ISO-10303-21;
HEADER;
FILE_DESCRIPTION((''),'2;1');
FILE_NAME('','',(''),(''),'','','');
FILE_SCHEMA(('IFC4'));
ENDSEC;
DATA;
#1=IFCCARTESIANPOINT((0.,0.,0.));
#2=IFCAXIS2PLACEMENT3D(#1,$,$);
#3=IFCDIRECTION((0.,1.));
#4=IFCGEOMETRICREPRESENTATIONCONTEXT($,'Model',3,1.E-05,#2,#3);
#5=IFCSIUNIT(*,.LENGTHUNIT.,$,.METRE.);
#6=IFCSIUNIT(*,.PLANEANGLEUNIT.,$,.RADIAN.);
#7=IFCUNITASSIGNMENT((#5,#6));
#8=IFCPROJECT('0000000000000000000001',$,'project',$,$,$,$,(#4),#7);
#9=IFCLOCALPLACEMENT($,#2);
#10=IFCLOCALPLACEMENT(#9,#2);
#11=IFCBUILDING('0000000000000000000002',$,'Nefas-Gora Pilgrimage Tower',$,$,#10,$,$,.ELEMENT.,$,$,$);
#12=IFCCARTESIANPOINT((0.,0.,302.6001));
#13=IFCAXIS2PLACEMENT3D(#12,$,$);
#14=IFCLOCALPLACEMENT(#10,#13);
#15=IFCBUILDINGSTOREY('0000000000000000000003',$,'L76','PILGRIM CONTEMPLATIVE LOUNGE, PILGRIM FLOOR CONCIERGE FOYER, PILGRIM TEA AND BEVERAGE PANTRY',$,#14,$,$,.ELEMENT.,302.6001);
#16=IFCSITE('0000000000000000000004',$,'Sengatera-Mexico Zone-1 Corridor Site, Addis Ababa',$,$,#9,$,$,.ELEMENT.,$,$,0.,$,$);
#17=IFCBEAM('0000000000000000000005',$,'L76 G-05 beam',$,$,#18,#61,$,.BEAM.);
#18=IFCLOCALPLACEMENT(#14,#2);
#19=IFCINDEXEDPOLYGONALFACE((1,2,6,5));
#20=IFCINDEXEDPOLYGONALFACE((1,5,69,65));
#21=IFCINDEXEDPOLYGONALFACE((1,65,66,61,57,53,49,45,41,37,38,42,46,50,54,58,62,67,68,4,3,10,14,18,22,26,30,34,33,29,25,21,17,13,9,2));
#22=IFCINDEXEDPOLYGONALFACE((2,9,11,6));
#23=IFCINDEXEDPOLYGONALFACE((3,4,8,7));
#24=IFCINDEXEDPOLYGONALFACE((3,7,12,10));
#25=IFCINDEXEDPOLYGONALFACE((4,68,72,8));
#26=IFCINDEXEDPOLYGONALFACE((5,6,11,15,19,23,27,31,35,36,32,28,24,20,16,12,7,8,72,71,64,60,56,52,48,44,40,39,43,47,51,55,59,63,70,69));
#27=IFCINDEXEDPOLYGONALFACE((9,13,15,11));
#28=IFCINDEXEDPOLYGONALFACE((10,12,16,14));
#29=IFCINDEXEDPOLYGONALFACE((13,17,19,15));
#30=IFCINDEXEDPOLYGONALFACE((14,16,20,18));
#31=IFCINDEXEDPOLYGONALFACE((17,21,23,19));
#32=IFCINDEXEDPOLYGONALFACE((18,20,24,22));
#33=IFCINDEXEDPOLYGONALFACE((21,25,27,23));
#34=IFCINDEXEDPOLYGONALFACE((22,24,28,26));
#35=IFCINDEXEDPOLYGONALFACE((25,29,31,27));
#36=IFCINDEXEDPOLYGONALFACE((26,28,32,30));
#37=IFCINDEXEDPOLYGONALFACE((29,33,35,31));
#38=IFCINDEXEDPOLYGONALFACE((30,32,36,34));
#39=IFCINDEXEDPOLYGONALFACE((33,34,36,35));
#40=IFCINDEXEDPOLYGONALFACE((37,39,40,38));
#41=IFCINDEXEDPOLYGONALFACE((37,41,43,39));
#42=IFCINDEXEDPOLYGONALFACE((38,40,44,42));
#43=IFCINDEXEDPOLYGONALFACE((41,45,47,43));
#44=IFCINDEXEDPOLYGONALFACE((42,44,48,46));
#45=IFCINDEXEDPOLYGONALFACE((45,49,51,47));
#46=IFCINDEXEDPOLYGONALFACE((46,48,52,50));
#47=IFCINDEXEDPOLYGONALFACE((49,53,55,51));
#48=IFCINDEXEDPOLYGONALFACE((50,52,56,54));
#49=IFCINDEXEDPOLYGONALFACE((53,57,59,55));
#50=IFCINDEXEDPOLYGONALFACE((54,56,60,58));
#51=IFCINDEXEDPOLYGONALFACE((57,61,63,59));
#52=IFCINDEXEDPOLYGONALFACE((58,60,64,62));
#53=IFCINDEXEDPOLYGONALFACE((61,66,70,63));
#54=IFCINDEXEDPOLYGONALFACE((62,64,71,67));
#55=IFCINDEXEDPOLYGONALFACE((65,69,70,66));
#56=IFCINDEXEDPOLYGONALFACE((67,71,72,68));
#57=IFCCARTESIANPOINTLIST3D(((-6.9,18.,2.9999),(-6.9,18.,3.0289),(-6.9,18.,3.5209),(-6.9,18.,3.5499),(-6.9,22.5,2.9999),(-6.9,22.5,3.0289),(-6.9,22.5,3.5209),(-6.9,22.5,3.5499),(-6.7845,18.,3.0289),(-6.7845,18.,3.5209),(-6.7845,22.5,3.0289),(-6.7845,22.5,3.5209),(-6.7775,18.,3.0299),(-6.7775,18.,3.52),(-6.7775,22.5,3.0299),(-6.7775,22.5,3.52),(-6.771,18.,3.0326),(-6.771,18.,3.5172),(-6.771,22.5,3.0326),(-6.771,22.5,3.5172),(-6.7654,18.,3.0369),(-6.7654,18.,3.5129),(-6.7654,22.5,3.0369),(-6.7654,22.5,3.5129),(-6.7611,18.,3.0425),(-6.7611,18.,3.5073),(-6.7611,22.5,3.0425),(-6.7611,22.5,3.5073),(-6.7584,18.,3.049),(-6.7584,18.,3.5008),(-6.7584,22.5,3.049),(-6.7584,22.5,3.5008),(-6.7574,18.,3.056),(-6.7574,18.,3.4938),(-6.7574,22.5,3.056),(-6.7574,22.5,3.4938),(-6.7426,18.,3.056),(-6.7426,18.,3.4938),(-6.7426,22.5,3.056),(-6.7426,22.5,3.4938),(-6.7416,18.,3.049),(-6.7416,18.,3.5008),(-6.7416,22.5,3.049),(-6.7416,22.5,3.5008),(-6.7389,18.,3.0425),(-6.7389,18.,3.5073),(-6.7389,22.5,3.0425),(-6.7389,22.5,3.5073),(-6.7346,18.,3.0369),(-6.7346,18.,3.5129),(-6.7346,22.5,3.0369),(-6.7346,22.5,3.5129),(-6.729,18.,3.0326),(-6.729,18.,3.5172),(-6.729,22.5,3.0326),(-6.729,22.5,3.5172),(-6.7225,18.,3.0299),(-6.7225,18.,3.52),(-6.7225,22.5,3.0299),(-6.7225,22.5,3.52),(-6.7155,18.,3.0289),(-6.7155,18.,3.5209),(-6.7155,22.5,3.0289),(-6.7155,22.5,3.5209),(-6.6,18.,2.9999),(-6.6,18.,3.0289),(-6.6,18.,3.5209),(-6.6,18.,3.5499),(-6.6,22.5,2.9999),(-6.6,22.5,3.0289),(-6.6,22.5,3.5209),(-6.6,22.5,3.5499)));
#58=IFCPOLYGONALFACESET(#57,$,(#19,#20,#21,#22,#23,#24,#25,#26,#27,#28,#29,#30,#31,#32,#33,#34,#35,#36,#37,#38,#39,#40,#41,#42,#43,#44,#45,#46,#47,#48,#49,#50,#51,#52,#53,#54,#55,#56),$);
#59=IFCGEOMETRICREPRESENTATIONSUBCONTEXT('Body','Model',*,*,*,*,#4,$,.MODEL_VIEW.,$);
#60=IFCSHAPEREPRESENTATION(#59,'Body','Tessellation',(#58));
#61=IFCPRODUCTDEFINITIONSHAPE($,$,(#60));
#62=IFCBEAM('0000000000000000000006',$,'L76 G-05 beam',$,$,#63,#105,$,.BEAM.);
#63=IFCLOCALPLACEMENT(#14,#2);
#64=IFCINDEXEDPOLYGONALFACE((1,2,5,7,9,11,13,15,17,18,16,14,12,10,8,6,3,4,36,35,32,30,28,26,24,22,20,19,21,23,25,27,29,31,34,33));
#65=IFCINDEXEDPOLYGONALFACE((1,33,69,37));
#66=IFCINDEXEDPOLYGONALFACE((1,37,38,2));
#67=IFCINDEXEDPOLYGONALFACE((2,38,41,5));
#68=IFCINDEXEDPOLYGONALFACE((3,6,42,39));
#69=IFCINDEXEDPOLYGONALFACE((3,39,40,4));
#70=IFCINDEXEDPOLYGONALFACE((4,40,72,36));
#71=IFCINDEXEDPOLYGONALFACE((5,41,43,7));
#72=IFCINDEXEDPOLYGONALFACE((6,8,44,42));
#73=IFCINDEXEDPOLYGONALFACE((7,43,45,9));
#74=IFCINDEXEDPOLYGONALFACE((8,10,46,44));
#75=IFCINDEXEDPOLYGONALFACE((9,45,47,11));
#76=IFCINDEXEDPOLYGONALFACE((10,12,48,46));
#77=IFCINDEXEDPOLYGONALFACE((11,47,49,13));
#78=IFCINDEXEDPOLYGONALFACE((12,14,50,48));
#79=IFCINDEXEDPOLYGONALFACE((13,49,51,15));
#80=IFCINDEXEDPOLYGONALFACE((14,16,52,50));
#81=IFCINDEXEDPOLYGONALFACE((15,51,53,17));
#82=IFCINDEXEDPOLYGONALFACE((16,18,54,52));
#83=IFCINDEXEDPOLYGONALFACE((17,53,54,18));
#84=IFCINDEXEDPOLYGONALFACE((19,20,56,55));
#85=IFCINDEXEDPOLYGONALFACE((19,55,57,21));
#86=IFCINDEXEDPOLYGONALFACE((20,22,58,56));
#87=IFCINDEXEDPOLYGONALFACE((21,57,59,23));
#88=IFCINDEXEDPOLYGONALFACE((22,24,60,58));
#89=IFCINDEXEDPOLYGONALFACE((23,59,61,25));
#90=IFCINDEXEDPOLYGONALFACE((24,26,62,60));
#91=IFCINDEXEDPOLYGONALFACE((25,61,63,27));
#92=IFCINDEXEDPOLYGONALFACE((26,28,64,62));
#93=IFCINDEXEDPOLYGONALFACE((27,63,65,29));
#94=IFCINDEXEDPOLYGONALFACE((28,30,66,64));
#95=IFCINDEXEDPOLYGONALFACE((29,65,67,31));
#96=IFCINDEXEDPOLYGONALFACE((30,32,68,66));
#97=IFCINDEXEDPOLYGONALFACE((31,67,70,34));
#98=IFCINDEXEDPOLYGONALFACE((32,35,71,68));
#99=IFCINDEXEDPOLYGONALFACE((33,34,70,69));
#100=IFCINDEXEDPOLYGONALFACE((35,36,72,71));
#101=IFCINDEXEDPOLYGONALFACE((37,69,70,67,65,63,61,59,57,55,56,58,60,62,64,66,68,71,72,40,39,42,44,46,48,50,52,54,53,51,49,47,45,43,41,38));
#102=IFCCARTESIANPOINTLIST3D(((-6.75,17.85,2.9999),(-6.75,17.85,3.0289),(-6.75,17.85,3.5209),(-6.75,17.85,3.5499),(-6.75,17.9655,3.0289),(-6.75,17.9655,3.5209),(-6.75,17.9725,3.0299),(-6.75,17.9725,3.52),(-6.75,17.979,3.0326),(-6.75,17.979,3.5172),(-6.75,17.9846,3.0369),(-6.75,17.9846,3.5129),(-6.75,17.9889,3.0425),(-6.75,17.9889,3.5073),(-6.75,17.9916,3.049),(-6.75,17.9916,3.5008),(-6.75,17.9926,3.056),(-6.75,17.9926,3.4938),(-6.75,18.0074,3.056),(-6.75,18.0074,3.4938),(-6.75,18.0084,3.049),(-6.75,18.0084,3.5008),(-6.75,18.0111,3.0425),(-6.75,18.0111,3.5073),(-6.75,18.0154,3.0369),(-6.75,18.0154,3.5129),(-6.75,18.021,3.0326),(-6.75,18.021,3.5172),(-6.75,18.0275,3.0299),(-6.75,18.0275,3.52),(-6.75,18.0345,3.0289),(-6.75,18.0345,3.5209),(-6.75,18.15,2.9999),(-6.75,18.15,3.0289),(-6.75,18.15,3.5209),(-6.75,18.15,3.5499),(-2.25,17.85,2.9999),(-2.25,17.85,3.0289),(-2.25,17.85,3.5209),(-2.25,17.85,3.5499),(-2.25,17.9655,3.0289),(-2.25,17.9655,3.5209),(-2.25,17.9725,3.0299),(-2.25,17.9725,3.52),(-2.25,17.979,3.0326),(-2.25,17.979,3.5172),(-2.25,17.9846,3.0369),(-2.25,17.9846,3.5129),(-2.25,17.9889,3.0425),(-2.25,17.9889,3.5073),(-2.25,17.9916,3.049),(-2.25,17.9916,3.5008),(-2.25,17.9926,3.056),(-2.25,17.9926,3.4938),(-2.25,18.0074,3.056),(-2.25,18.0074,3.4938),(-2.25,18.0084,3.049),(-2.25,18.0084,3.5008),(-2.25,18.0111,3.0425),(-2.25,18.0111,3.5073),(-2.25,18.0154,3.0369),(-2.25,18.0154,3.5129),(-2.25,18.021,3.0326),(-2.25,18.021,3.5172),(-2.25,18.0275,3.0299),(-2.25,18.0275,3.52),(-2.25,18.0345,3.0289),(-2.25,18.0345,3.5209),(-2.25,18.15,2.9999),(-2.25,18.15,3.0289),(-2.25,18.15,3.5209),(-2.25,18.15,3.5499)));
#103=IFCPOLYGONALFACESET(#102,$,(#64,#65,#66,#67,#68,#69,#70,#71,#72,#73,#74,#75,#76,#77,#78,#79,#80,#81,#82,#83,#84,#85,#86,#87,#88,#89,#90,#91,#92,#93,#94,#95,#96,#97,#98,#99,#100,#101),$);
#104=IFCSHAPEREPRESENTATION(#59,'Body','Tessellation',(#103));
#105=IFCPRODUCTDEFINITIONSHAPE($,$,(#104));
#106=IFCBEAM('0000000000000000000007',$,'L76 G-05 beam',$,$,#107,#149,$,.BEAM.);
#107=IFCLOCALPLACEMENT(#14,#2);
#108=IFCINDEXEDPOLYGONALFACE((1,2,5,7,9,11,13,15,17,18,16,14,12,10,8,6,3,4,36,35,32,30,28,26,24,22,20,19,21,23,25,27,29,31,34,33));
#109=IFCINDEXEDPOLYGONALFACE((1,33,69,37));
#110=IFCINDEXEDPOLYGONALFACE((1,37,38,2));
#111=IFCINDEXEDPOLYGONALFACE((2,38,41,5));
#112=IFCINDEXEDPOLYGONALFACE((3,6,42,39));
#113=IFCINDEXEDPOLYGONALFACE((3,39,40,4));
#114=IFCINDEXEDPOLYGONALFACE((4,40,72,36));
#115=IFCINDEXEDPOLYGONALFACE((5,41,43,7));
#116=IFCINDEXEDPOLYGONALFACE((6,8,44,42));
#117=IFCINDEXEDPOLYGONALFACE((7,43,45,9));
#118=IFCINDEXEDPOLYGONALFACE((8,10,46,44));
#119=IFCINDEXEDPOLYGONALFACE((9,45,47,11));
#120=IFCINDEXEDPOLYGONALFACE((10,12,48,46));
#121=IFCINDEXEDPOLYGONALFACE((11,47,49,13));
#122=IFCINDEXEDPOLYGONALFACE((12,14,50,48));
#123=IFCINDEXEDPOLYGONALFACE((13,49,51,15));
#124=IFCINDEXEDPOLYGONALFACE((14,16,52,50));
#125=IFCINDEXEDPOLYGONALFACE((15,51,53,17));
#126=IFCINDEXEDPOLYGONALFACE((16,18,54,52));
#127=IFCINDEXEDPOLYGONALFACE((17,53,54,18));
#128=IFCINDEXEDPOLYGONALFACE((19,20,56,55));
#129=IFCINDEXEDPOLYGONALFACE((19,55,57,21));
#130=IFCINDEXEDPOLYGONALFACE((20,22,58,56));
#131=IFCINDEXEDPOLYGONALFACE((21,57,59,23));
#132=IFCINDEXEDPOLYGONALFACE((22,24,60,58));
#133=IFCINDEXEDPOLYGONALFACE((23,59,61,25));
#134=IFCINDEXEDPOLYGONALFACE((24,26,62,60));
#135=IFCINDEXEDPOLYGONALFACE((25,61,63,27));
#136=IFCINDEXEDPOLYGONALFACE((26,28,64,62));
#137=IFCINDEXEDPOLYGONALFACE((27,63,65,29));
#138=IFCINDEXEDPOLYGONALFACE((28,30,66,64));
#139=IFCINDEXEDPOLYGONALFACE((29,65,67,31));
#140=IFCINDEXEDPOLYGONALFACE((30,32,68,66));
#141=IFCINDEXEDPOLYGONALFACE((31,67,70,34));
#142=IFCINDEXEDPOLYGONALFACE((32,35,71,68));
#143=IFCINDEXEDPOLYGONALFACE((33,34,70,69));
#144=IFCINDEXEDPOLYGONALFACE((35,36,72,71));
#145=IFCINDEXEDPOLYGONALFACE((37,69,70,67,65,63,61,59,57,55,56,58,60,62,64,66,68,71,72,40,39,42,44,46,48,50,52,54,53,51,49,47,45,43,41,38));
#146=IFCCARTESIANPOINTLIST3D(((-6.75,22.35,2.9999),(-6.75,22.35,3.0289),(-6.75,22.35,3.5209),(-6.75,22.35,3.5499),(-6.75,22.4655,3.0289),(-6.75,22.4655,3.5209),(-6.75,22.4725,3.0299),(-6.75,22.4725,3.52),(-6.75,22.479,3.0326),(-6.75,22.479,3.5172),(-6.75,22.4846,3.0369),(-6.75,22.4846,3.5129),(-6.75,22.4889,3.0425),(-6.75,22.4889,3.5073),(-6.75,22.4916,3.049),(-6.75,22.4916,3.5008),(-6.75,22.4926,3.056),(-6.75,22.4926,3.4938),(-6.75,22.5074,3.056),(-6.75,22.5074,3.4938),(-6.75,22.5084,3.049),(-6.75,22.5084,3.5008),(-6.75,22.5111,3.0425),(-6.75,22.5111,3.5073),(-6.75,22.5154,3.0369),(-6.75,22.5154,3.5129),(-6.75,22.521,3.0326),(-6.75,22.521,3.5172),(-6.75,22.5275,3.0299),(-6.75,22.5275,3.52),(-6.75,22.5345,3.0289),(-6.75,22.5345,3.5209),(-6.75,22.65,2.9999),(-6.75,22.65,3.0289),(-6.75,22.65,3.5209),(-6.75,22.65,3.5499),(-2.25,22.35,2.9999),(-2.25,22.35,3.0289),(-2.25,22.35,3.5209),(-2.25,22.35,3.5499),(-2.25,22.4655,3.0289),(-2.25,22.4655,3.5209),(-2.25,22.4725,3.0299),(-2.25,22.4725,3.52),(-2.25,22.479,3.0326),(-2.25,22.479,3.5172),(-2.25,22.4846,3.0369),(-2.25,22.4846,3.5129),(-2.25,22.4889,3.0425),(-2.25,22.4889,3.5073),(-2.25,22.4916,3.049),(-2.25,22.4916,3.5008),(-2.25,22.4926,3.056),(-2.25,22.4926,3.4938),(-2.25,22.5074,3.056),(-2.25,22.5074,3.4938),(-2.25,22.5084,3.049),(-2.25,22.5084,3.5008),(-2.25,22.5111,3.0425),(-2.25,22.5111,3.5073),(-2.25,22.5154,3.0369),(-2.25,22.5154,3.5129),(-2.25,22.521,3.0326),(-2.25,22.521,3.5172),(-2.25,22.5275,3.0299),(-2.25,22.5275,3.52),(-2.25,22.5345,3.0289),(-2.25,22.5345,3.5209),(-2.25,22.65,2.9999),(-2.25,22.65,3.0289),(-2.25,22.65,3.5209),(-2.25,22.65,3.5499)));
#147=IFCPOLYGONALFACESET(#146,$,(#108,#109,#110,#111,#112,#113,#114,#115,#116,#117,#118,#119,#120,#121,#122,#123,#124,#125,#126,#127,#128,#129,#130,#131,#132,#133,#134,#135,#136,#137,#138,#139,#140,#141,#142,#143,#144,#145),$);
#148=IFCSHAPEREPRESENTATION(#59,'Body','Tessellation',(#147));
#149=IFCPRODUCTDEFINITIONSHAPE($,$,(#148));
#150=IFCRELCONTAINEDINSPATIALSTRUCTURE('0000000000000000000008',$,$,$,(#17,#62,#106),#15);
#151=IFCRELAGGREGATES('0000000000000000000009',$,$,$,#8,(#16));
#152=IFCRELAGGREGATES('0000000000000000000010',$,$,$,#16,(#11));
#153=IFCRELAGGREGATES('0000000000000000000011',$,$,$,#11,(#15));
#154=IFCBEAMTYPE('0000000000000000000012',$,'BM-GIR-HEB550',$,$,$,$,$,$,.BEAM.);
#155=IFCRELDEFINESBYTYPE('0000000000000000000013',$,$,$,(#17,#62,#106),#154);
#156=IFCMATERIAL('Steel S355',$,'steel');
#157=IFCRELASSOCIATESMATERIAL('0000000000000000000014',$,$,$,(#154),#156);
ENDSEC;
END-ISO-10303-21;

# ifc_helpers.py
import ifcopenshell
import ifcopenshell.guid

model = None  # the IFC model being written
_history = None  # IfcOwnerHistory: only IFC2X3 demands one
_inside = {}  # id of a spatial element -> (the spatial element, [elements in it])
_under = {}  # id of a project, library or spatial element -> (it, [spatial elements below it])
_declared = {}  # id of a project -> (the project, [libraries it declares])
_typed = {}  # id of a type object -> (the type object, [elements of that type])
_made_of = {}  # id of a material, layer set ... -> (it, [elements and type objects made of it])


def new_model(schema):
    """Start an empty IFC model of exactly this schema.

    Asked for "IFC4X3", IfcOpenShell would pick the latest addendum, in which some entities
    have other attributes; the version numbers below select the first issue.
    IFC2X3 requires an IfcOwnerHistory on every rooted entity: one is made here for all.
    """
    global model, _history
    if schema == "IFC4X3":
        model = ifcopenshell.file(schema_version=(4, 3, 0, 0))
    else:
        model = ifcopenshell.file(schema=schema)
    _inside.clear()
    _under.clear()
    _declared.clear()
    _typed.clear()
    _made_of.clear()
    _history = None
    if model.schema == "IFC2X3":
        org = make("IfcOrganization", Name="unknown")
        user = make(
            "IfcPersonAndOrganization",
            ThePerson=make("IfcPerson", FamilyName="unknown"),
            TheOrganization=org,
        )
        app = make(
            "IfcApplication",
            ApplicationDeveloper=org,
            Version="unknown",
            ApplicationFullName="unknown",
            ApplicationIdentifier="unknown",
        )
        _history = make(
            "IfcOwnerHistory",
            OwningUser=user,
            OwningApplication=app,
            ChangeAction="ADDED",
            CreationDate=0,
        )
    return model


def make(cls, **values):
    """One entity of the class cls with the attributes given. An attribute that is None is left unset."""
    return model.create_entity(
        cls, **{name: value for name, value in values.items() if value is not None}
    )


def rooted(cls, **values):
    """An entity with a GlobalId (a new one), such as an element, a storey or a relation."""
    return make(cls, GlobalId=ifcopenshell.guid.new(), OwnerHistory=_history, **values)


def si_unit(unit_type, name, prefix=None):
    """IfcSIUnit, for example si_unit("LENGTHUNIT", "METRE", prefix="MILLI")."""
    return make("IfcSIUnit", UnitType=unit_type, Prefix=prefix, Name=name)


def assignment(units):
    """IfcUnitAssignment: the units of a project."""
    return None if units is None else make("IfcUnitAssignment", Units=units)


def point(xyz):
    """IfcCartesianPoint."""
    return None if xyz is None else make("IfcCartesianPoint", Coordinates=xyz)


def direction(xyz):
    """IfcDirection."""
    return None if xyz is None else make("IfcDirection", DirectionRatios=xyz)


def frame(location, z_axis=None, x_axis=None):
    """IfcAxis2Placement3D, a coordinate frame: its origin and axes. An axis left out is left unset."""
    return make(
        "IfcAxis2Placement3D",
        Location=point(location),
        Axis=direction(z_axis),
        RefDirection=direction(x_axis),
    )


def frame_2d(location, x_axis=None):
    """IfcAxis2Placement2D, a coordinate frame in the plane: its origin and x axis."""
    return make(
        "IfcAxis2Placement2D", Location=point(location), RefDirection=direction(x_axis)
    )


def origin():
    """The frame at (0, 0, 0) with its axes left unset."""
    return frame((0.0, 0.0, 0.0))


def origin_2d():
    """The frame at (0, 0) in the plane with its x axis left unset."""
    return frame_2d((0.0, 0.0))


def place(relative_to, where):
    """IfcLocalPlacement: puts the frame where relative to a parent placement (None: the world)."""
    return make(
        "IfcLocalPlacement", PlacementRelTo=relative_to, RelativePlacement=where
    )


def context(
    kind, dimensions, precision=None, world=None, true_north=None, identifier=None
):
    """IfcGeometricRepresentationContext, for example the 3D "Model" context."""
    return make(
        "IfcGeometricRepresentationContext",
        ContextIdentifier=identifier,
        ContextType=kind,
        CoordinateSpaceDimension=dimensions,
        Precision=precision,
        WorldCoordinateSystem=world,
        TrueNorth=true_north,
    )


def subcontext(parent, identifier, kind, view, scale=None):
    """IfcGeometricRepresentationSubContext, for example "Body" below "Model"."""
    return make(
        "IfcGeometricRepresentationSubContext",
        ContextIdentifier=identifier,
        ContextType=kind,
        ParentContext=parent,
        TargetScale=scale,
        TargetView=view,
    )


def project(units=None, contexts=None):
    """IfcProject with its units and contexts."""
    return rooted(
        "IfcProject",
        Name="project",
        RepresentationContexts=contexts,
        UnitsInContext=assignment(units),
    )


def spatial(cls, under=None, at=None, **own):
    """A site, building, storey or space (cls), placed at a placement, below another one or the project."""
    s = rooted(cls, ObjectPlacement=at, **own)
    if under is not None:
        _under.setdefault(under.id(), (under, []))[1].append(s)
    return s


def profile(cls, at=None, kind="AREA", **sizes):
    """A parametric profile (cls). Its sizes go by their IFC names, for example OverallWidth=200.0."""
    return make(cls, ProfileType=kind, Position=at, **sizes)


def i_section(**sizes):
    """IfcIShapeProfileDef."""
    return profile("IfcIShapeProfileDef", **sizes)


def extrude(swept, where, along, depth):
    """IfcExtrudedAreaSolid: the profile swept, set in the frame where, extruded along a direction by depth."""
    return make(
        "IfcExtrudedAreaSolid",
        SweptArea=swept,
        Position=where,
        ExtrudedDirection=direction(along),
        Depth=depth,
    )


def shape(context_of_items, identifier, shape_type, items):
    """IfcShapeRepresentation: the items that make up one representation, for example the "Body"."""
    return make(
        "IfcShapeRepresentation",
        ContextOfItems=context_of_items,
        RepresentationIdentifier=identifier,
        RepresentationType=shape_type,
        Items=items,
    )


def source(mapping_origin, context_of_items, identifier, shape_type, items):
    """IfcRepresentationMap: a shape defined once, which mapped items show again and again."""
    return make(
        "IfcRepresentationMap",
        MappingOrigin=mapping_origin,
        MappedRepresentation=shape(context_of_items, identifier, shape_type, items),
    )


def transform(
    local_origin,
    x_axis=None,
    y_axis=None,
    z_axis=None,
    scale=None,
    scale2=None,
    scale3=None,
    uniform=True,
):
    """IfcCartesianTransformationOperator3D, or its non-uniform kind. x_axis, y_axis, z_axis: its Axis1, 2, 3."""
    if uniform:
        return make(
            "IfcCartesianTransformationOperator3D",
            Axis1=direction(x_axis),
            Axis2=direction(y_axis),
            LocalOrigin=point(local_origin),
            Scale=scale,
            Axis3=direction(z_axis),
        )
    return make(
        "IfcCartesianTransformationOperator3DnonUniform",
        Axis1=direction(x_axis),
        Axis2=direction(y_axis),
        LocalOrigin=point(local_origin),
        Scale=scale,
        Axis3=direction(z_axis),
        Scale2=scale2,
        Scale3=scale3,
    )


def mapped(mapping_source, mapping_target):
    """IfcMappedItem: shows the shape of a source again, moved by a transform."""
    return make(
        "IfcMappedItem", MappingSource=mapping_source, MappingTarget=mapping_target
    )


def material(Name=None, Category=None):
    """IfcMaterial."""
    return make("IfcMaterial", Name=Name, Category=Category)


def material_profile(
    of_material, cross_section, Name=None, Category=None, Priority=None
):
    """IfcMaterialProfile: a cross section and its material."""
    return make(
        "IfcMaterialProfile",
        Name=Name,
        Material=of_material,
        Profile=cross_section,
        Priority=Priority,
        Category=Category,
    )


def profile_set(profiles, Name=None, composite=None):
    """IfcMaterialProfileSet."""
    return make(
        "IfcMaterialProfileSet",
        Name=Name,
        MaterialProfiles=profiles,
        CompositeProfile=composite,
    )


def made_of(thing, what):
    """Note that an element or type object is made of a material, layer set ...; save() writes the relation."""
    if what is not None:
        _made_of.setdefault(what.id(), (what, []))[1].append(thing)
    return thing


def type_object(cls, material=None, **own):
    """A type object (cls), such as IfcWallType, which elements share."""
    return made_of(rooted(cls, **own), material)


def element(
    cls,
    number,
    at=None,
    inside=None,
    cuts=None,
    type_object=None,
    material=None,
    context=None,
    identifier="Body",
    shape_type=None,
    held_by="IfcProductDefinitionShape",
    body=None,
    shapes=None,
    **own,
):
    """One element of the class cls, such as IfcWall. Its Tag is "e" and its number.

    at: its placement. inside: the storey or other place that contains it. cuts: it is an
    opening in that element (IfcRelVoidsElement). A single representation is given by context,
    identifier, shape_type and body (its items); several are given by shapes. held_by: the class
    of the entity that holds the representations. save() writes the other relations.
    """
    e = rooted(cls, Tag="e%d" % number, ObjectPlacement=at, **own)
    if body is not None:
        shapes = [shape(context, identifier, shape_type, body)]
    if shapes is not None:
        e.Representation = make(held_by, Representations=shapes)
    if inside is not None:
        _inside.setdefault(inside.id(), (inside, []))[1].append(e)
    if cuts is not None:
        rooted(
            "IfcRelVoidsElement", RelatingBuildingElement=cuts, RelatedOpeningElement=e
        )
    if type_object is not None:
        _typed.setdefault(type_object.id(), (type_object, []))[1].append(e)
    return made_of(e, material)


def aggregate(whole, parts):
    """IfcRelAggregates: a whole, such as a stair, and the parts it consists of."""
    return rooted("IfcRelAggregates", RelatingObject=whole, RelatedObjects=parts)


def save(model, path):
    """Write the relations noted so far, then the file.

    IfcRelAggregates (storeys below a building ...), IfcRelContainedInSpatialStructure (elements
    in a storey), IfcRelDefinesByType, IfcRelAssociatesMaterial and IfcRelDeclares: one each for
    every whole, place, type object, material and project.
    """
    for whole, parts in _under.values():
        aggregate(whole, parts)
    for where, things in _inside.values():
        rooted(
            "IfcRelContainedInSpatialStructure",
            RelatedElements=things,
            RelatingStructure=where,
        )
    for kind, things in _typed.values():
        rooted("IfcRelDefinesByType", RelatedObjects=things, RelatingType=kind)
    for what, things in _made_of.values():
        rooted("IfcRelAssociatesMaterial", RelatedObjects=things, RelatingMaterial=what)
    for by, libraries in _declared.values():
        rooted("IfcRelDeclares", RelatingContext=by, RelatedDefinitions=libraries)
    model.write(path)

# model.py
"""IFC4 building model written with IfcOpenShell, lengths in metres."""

from ifc_helpers import new_model, si_unit, direction, frame, origin, origin_2d, place, context, subcontext, project, spatial, i_section, extrude, source, transform, mapped, material, material_profile, profile_set, type_object, element, save


model = new_model("IFC4")

# Units and contexts
model_context = context("Model", 3, precision=1e-05, world=origin(), true_north=direction((0.0, 1.0)))
body_context = subcontext(model_context, "Body", "Model", "MODEL_VIEW")
ifc_project = project(units=[si_unit("LENGTHUNIT", "METRE"), si_unit("PLANEANGLEUNIT", "RADIAN")], contexts=[model_context])

# Site, building, storey
site_placement = place(None, origin())
site = spatial("IfcSite", under=ifc_project, at=site_placement, Name="Sengatera-Mexico Zone-1 Corridor Site, Addis Ababa", CompositionType="ELEMENT", RefElevation=0.0)
building_placement = place(site_placement, origin())
building = spatial("IfcBuilding", under=site, at=building_placement, Name="Nefas-Gora Pilgrimage Tower", CompositionType="ELEMENT")
storey_placement = place(building_placement, frame((0.0, 0.0, 302.6001)))
storey = spatial("IfcBuildingStorey", under=building, at=storey_placement, Name="L76", Description="PILGRIM CONTEMPLATIVE LOUNGE, PILGRIM FLOOR CONCIERGE FOYER, PILGRIM TEA AND BEVERAGE PANTRY", CompositionType="ELEMENT", Elevation=302.6001)

# Shared definitions
ifc_material_1 = material(Name="Steel S355", Category="steel")

# Beams
ifc_material_profile_1 = material_profile(ifc_material_1, i_section(OverallWidth=0.3, OverallDepth=0.55, WebThickness=0.0149, FlangeThickness=0.0291, FilletRadius=0.0271, at=origin_2d()), Name="HEB 550")
ifc_profile_set_1 = profile_set([ifc_material_profile_1], Name="Steel S355")
beam_type = type_object("IfcBeamType", Name="BM-GIR-HEB550", PredefinedType="BEAM", material=ifc_profile_set_1)
shared_shape_1 = source(origin(), body_context, "Body", "SweptSolid", [
    extrude(i_section(OverallWidth=0.3, OverallDepth=0.55, WebThickness=0.0149, FlangeThickness=0.0291, FilletRadius=0.0271, at=origin_2d()), origin(), (0.0, 0.0, 1.0), 4.5),
])
for number, where, z_axis, x_axis, name in (
    (1, (-6.75, 18.0, 3.2749), (0.0, 1.0, 0.0), (-1.0, 0.0, 0.0), "L76 G-05 beam"),
    (2, (-6.75, 18.0, 3.2749), (1.0, 0.0, 0.0), (0.0, 1.0, 0.0), "L76 G-05 beam"),
    (3, (-6.75, 22.5, 3.2749), (1.0, 0.0, 0.0), (0.0, 1.0, 0.0), "L76 G-05 beam"),
):
    element("IfcBeam", number, at=place(storey_placement, frame(where, z_axis=z_axis, x_axis=x_axis)), inside=storey, type_object=beam_type, Name=name, PredefinedType="BEAM", context=body_context, shape_type="MappedRepresentation", body=[
        mapped(shared_shape_1, transform((0.0, 0.0, 0.0), x_axis=(1.0, 0.0, 0.0), y_axis=(0.0, 1.0, 0.0), z_axis=(0.0, 0.0, 1.0), scale=1.0)),
    ])

save(model, "model.ifc")
